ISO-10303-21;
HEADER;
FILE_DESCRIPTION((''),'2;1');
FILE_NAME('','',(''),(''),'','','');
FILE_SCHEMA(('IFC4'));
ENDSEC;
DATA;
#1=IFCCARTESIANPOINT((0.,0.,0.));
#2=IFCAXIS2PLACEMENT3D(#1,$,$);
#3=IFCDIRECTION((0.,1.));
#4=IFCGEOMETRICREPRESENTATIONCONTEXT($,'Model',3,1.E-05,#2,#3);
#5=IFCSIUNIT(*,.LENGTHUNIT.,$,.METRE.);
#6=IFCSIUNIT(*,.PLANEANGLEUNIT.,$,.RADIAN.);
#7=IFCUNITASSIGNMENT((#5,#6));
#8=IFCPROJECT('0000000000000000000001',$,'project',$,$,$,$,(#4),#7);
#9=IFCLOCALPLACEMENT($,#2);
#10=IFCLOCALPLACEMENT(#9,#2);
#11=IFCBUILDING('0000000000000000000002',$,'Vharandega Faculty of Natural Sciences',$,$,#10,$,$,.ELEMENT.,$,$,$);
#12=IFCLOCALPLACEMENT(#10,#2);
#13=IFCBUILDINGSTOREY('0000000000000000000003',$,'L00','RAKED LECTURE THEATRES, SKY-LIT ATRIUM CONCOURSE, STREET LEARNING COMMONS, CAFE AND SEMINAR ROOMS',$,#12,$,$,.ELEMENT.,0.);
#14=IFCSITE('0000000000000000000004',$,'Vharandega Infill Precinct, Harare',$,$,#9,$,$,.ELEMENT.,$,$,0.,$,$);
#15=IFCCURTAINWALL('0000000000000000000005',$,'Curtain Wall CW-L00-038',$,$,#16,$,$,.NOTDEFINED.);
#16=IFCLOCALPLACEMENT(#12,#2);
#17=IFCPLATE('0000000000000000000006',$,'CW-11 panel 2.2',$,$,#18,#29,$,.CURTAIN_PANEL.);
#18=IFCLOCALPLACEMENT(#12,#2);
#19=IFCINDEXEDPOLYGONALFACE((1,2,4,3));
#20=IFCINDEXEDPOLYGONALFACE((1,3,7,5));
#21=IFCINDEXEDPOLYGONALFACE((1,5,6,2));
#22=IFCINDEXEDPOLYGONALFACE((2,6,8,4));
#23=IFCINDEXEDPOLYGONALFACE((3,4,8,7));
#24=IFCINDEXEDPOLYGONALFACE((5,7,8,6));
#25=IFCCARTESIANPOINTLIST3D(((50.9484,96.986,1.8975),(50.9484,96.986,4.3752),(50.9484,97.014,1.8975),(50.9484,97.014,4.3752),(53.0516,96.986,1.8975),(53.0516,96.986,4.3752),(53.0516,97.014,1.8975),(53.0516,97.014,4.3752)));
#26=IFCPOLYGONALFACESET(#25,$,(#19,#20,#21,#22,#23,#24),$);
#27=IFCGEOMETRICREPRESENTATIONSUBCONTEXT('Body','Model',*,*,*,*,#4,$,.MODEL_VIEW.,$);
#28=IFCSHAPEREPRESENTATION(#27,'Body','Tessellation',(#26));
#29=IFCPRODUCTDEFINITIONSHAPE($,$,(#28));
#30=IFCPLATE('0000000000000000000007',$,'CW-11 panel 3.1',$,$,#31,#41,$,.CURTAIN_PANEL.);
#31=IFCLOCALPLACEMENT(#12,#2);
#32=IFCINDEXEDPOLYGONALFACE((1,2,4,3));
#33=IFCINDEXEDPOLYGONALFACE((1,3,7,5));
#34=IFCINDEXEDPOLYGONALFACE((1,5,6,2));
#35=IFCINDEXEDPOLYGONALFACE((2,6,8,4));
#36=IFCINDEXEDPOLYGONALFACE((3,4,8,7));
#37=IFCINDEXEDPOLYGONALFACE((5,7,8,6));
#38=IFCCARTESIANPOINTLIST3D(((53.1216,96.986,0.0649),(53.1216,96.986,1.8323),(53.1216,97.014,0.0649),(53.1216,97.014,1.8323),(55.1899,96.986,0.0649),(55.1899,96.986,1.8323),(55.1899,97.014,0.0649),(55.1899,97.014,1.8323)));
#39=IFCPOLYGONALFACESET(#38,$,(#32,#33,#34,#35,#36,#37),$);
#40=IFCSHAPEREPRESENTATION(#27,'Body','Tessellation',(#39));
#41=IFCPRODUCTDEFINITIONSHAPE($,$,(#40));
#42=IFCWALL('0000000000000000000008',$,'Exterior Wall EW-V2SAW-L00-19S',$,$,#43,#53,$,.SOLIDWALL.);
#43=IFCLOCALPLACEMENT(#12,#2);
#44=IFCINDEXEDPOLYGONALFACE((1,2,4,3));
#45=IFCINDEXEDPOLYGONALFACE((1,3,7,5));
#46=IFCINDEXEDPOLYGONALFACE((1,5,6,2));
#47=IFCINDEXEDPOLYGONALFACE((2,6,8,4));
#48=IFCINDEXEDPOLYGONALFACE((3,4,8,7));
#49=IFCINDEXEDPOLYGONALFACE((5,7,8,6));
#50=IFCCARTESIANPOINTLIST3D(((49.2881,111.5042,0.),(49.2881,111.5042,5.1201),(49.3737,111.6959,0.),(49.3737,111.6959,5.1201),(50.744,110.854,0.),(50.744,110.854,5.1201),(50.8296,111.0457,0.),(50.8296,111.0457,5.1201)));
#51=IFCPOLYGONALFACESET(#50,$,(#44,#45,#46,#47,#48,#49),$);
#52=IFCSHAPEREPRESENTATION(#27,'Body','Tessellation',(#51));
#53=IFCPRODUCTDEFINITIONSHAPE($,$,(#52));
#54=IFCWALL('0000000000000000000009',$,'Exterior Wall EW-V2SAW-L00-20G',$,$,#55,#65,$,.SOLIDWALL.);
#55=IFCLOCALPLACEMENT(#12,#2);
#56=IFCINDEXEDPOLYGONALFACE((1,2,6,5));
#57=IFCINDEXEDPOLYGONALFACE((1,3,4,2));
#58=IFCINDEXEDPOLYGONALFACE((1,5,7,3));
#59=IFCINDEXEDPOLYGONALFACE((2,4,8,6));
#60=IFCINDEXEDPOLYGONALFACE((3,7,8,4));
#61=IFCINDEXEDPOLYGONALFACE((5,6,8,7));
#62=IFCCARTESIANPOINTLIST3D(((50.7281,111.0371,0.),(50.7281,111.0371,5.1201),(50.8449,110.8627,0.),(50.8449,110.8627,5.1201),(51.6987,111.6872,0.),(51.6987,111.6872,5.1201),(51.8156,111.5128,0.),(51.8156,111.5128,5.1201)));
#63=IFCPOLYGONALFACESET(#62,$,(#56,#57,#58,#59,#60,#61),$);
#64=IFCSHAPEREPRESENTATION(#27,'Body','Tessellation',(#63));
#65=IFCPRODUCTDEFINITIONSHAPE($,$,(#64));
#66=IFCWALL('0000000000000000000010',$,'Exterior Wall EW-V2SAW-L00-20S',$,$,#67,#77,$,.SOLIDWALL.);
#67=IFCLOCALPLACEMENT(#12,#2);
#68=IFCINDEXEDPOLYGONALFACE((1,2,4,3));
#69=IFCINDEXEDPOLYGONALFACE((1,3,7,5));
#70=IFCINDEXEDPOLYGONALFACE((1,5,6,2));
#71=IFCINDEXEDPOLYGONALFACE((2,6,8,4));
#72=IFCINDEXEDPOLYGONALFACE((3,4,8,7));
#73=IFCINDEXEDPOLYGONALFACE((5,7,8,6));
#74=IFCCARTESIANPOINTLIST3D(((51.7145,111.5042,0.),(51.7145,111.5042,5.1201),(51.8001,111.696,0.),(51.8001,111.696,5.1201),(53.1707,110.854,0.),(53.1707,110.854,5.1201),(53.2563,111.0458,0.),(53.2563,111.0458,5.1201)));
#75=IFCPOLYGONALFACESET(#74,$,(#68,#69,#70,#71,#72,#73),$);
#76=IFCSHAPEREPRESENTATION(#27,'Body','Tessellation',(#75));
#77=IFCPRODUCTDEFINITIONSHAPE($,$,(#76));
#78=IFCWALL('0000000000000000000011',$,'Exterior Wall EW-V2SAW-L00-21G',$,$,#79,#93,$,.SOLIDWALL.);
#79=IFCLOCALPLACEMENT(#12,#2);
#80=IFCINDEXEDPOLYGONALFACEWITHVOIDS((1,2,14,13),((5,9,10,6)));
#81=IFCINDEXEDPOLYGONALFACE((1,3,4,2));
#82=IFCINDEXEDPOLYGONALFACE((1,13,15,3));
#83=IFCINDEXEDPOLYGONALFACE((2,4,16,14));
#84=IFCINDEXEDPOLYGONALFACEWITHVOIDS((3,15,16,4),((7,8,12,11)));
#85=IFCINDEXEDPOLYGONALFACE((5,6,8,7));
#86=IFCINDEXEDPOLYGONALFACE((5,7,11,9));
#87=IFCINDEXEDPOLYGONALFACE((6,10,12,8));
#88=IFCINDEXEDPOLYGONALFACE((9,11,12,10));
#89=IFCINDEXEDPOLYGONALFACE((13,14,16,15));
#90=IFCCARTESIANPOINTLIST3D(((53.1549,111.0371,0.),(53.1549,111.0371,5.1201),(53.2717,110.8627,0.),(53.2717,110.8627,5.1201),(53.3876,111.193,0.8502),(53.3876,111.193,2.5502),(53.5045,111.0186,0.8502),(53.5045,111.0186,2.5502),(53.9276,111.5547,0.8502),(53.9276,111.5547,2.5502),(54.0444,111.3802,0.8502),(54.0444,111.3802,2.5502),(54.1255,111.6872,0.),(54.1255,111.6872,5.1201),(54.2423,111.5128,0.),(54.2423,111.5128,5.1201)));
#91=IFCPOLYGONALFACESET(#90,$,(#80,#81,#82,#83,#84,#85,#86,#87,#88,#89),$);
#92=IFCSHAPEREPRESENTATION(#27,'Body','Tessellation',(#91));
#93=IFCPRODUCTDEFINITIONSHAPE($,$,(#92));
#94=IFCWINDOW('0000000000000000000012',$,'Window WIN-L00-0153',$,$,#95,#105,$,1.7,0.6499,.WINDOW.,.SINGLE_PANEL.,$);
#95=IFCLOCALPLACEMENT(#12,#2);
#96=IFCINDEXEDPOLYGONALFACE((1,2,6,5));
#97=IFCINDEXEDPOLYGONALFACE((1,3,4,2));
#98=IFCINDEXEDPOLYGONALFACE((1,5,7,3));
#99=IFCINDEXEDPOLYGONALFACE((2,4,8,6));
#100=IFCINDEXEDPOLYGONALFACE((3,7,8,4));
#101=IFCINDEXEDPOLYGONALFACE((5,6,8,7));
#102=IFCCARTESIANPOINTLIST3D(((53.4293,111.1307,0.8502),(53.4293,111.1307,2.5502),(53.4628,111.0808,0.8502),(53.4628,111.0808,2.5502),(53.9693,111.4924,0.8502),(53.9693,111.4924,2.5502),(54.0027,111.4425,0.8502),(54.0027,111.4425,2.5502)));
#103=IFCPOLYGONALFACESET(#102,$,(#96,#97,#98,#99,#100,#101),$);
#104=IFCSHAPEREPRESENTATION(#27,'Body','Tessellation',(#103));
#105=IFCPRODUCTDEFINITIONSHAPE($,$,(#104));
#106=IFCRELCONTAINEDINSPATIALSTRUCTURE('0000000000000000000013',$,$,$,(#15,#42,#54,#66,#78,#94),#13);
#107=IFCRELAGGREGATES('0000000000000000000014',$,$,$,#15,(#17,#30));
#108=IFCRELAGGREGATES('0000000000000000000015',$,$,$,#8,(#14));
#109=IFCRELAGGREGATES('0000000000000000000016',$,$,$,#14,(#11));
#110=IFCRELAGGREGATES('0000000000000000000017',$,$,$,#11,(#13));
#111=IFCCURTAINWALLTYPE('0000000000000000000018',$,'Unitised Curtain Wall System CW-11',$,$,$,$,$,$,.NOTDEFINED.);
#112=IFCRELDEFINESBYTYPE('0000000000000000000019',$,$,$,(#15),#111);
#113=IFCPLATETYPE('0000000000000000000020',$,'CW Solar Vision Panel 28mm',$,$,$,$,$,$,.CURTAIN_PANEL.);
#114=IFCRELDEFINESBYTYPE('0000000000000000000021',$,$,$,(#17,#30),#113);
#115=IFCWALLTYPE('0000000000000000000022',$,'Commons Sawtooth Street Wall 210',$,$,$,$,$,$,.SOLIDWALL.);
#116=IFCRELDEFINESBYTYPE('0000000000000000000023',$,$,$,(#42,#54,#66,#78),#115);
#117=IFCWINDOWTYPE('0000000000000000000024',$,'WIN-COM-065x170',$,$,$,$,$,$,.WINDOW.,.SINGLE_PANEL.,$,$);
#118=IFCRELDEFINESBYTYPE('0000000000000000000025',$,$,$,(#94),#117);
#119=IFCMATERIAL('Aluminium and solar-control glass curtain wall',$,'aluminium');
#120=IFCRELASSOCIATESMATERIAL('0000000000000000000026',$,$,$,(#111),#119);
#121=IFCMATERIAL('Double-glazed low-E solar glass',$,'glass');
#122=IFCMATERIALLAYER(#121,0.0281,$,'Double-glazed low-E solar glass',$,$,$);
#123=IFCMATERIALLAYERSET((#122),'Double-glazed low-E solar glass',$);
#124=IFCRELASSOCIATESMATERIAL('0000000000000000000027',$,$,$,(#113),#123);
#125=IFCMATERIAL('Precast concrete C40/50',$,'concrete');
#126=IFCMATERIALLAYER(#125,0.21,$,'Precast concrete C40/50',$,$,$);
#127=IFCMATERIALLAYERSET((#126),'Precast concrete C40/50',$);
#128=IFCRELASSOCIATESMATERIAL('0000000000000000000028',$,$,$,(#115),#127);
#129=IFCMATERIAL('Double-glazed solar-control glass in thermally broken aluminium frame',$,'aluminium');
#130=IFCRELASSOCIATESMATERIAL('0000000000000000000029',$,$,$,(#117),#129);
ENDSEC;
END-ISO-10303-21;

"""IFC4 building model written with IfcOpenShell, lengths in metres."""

from ifc_helpers import new_model, si_unit, direction, frame, frame_2d, origin, origin_2d, place, context, subcontext, project, spatial, rectangle, extrude, material, layer, layer_set, type_object, element, fill, aggregate, save


model = new_model("IFC4")

# Units and contexts
model_context = context("Model", 3, precision=1e-05, world=origin(), true_north=direction((0.0, 1.0)))
body_context = subcontext(model_context, "Body", "Model", "MODEL_VIEW")
ifc_project = project(units=[si_unit("LENGTHUNIT", "METRE"), si_unit("PLANEANGLEUNIT", "RADIAN")], contexts=[model_context])

# Site, building, storey
site_placement = place(None, origin())
site = spatial("IfcSite", under=ifc_project, at=site_placement, Name="Vharandega Infill Precinct, Harare", CompositionType="ELEMENT", RefElevation=0.0)
building_placement = place(site_placement, origin())
building = spatial("IfcBuilding", under=site, at=building_placement, Name="Vharandega Faculty of Natural Sciences", CompositionType="ELEMENT")
storey_placement = place(building_placement, origin())
storey = spatial("IfcBuildingStorey", under=building, at=storey_placement, Name="L00", Description="RAKED LECTURE THEATRES, SKY-LIT ATRIUM CONCOURSE, STREET LEARNING COMMONS, CAFE AND SEMINAR ROOMS", CompositionType="ELEMENT", Elevation=0.0)

# Curtain wall
ifc_material_1 = material(Name="Aluminium and solar-control glass curtain wall", Category="aluminium")
curtain_wall_type = type_object("IfcCurtainWallType", Name="Unitised Curtain Wall System CW-11", PredefinedType="NOTDEFINED", material=ifc_material_1)
curtain_wall_placement = place(storey_placement, origin())
curtain_wall = element("IfcCurtainWall", 1, at=curtain_wall_placement, inside=storey, type_object=curtain_wall_type, Name="Curtain Wall CW-L00-038", PredefinedType="NOTDEFINED")

# Plates
ifc_material_2 = material(Name="Double-glazed low-E solar glass", Category="glass")
ifc_layer_1 = layer(ifc_material_2, 0.0281, Name="Double-glazed low-E solar glass")
ifc_layer_set_1 = layer_set([ifc_layer_1], Name="Double-glazed low-E solar glass")
plate_type = type_object("IfcPlateType", Name="CW Solar Vision Panel 28mm", PredefinedType="CURTAIN_PANEL", material=ifc_layer_set_1)
plate_1_placement = place(storey_placement, frame((52.0, 97.0, 1.8975), z_axis=(0.0, 0.0, 1.0), x_axis=(1.0, 0.0, 0.0)))
plate_1 = element("IfcPlate", 2, at=plate_1_placement, type_object=plate_type, Name="CW-11 panel 2.2", PredefinedType="CURTAIN_PANEL", context=body_context, shape_type="SweptSolid", body=[
    extrude(rectangle(XDim=2.1033, YDim=0.0281, at=origin_2d()), origin(), (0.0, 0.0, 1.0), 2.4778),
])
plate_2_placement = place(storey_placement, frame((54.1558, 97.0, 0.0649), z_axis=(0.0, 0.0, 1.0), x_axis=(1.0, 0.0, 0.0)))
plate_2 = element("IfcPlate", 3, at=plate_2_placement, type_object=plate_type, Name="CW-11 panel 3.1", PredefinedType="CURTAIN_PANEL", context=body_context, shape_type="SweptSolid", body=[
    extrude(rectangle(XDim=2.0684, YDim=0.0281, at=origin_2d()), origin(), (0.0, 0.0, 1.0), 1.7673),
])
aggregate(curtain_wall, [plate_1, plate_2])

# Walls
ifc_material_3 = material(Name="Precast concrete C40/50", Category="concrete")
ifc_layer_2 = layer(ifc_material_3, 0.21, Name="Precast concrete C40/50")
ifc_layer_set_2 = layer_set([ifc_layer_2], Name="Precast concrete C40/50")
wall_type = type_object("IfcWallType", Name="Commons Sawtooth Street Wall 210", PredefinedType="SOLIDWALL", material=ifc_layer_set_2)
wall_1_placement = place(storey_placement, frame((49.3308, 111.6001, 0.0), z_axis=(0.0, 0.0, 1.0), x_axis=(0.913084, -0.407772, 0.0)))
element("IfcWall", 4, at=wall_1_placement, inside=storey, type_object=wall_type, Name="Exterior Wall EW-V2SAW-L00-19S", PredefinedType="SOLIDWALL", context=body_context, shape_type="SweptSolid", body=[
    extrude(rectangle(XDim=1.5945, YDim=0.21, at=frame_2d((0.7974, 0.0))), origin(), (0.0, 0.0, 1.0), 5.1201),
])
wall_2_placement = place(storey_placement, frame((50.7866, 110.95, 0.0), z_axis=(0.0, 0.0, 1.0), x_axis=(0.830859, 0.556483, 0.0)))
element("IfcWall", 5, at=wall_2_placement, inside=storey, type_object=wall_type, Name="Exterior Wall EW-V2SAW-L00-20G", PredefinedType="SOLIDWALL", context=body_context, shape_type="SweptSolid", body=[
    extrude(rectangle(XDim=1.1682, YDim=0.21, at=frame_2d((0.584, 0.0))), origin(), (0.0, 0.0, 1.0), 5.1201),
])
wall_3_placement = place(storey_placement, frame((51.7573, 111.6001, 0.0), z_axis=(0.0, 0.0, 1.0), x_axis=(0.913109, -0.407715, 0.0)))
element("IfcWall", 6, at=wall_3_placement, inside=storey, type_object=wall_type, Name="Exterior Wall EW-V2SAW-L00-20S", PredefinedType="SOLIDWALL", context=body_context, shape_type="SweptSolid", body=[
    extrude(rectangle(XDim=1.5947, YDim=0.21, at=frame_2d((0.7974, 0.0))), origin(), (0.0, 0.0, 1.0), 5.1201),
])

# Wall, opening, window
wall_4_placement = place(storey_placement, frame((53.2134, 110.95, 0.0), z_axis=(0.0, 0.0, 1.0), x_axis=(0.830859, 0.556483, 0.0)))
wall_4 = element("IfcWall", 7, at=wall_4_placement, inside=storey, type_object=wall_type, Name="Exterior Wall EW-V2SAW-L00-21G", PredefinedType="SOLIDWALL", context=body_context, shape_type="SweptSolid", body=[
    extrude(rectangle(XDim=1.1682, YDim=0.21, at=frame_2d((0.584, 0.0))), origin(), (0.0, 0.0, 1.0), 5.1201),
])
opening_placement = place(wall_4_placement, frame((0.28, 0.0, 0.8501)))
opening = element("IfcOpeningElement", 8, at=opening_placement, cuts=wall_4, PredefinedType="OPENING", context=body_context, shape_type="SweptSolid", body=[
    extrude(rectangle(XDim=0.6499, YDim=1.7, at=frame_2d((0.325, 0.8501))), frame((0.0, 0.115, 0.0), z_axis=(0.0, -1.0, 0.0), x_axis=(1.0, 0.0, 0.0)), (0.0, 0.0, 1.0), 0.23),
])
ifc_material_4 = material(Name="Double-glazed solar-control glass in thermally broken aluminium frame", Category="aluminium")
window_type = type_object("IfcWindowType", Name="WIN-COM-065x170", PartitioningType="SINGLE_PANEL", PredefinedType="WINDOW", material=ifc_material_4)
window_placement = place(opening_placement, origin())
window = element("IfcWindow", 9, at=window_placement, inside=storey, type_object=window_type, Name="Window WIN-L00-0153", OverallHeight=1.7, OverallWidth=0.6499, PartitioningType="SINGLE_PANEL", PredefinedType="WINDOW", context=body_context, shape_type="SweptSolid", body=[
    extrude(rectangle(XDim=0.6499, YDim=1.7, at=frame_2d((0.325, 0.8501))), frame((0.0, 0.03, 0.0), z_axis=(0.0, -1.0, 0.0), x_axis=(1.0, 0.0, 0.0)), (0.0, 0.0, 1.0), 0.0601),
])
fill(opening, window)

save(model, "model.ifc")
